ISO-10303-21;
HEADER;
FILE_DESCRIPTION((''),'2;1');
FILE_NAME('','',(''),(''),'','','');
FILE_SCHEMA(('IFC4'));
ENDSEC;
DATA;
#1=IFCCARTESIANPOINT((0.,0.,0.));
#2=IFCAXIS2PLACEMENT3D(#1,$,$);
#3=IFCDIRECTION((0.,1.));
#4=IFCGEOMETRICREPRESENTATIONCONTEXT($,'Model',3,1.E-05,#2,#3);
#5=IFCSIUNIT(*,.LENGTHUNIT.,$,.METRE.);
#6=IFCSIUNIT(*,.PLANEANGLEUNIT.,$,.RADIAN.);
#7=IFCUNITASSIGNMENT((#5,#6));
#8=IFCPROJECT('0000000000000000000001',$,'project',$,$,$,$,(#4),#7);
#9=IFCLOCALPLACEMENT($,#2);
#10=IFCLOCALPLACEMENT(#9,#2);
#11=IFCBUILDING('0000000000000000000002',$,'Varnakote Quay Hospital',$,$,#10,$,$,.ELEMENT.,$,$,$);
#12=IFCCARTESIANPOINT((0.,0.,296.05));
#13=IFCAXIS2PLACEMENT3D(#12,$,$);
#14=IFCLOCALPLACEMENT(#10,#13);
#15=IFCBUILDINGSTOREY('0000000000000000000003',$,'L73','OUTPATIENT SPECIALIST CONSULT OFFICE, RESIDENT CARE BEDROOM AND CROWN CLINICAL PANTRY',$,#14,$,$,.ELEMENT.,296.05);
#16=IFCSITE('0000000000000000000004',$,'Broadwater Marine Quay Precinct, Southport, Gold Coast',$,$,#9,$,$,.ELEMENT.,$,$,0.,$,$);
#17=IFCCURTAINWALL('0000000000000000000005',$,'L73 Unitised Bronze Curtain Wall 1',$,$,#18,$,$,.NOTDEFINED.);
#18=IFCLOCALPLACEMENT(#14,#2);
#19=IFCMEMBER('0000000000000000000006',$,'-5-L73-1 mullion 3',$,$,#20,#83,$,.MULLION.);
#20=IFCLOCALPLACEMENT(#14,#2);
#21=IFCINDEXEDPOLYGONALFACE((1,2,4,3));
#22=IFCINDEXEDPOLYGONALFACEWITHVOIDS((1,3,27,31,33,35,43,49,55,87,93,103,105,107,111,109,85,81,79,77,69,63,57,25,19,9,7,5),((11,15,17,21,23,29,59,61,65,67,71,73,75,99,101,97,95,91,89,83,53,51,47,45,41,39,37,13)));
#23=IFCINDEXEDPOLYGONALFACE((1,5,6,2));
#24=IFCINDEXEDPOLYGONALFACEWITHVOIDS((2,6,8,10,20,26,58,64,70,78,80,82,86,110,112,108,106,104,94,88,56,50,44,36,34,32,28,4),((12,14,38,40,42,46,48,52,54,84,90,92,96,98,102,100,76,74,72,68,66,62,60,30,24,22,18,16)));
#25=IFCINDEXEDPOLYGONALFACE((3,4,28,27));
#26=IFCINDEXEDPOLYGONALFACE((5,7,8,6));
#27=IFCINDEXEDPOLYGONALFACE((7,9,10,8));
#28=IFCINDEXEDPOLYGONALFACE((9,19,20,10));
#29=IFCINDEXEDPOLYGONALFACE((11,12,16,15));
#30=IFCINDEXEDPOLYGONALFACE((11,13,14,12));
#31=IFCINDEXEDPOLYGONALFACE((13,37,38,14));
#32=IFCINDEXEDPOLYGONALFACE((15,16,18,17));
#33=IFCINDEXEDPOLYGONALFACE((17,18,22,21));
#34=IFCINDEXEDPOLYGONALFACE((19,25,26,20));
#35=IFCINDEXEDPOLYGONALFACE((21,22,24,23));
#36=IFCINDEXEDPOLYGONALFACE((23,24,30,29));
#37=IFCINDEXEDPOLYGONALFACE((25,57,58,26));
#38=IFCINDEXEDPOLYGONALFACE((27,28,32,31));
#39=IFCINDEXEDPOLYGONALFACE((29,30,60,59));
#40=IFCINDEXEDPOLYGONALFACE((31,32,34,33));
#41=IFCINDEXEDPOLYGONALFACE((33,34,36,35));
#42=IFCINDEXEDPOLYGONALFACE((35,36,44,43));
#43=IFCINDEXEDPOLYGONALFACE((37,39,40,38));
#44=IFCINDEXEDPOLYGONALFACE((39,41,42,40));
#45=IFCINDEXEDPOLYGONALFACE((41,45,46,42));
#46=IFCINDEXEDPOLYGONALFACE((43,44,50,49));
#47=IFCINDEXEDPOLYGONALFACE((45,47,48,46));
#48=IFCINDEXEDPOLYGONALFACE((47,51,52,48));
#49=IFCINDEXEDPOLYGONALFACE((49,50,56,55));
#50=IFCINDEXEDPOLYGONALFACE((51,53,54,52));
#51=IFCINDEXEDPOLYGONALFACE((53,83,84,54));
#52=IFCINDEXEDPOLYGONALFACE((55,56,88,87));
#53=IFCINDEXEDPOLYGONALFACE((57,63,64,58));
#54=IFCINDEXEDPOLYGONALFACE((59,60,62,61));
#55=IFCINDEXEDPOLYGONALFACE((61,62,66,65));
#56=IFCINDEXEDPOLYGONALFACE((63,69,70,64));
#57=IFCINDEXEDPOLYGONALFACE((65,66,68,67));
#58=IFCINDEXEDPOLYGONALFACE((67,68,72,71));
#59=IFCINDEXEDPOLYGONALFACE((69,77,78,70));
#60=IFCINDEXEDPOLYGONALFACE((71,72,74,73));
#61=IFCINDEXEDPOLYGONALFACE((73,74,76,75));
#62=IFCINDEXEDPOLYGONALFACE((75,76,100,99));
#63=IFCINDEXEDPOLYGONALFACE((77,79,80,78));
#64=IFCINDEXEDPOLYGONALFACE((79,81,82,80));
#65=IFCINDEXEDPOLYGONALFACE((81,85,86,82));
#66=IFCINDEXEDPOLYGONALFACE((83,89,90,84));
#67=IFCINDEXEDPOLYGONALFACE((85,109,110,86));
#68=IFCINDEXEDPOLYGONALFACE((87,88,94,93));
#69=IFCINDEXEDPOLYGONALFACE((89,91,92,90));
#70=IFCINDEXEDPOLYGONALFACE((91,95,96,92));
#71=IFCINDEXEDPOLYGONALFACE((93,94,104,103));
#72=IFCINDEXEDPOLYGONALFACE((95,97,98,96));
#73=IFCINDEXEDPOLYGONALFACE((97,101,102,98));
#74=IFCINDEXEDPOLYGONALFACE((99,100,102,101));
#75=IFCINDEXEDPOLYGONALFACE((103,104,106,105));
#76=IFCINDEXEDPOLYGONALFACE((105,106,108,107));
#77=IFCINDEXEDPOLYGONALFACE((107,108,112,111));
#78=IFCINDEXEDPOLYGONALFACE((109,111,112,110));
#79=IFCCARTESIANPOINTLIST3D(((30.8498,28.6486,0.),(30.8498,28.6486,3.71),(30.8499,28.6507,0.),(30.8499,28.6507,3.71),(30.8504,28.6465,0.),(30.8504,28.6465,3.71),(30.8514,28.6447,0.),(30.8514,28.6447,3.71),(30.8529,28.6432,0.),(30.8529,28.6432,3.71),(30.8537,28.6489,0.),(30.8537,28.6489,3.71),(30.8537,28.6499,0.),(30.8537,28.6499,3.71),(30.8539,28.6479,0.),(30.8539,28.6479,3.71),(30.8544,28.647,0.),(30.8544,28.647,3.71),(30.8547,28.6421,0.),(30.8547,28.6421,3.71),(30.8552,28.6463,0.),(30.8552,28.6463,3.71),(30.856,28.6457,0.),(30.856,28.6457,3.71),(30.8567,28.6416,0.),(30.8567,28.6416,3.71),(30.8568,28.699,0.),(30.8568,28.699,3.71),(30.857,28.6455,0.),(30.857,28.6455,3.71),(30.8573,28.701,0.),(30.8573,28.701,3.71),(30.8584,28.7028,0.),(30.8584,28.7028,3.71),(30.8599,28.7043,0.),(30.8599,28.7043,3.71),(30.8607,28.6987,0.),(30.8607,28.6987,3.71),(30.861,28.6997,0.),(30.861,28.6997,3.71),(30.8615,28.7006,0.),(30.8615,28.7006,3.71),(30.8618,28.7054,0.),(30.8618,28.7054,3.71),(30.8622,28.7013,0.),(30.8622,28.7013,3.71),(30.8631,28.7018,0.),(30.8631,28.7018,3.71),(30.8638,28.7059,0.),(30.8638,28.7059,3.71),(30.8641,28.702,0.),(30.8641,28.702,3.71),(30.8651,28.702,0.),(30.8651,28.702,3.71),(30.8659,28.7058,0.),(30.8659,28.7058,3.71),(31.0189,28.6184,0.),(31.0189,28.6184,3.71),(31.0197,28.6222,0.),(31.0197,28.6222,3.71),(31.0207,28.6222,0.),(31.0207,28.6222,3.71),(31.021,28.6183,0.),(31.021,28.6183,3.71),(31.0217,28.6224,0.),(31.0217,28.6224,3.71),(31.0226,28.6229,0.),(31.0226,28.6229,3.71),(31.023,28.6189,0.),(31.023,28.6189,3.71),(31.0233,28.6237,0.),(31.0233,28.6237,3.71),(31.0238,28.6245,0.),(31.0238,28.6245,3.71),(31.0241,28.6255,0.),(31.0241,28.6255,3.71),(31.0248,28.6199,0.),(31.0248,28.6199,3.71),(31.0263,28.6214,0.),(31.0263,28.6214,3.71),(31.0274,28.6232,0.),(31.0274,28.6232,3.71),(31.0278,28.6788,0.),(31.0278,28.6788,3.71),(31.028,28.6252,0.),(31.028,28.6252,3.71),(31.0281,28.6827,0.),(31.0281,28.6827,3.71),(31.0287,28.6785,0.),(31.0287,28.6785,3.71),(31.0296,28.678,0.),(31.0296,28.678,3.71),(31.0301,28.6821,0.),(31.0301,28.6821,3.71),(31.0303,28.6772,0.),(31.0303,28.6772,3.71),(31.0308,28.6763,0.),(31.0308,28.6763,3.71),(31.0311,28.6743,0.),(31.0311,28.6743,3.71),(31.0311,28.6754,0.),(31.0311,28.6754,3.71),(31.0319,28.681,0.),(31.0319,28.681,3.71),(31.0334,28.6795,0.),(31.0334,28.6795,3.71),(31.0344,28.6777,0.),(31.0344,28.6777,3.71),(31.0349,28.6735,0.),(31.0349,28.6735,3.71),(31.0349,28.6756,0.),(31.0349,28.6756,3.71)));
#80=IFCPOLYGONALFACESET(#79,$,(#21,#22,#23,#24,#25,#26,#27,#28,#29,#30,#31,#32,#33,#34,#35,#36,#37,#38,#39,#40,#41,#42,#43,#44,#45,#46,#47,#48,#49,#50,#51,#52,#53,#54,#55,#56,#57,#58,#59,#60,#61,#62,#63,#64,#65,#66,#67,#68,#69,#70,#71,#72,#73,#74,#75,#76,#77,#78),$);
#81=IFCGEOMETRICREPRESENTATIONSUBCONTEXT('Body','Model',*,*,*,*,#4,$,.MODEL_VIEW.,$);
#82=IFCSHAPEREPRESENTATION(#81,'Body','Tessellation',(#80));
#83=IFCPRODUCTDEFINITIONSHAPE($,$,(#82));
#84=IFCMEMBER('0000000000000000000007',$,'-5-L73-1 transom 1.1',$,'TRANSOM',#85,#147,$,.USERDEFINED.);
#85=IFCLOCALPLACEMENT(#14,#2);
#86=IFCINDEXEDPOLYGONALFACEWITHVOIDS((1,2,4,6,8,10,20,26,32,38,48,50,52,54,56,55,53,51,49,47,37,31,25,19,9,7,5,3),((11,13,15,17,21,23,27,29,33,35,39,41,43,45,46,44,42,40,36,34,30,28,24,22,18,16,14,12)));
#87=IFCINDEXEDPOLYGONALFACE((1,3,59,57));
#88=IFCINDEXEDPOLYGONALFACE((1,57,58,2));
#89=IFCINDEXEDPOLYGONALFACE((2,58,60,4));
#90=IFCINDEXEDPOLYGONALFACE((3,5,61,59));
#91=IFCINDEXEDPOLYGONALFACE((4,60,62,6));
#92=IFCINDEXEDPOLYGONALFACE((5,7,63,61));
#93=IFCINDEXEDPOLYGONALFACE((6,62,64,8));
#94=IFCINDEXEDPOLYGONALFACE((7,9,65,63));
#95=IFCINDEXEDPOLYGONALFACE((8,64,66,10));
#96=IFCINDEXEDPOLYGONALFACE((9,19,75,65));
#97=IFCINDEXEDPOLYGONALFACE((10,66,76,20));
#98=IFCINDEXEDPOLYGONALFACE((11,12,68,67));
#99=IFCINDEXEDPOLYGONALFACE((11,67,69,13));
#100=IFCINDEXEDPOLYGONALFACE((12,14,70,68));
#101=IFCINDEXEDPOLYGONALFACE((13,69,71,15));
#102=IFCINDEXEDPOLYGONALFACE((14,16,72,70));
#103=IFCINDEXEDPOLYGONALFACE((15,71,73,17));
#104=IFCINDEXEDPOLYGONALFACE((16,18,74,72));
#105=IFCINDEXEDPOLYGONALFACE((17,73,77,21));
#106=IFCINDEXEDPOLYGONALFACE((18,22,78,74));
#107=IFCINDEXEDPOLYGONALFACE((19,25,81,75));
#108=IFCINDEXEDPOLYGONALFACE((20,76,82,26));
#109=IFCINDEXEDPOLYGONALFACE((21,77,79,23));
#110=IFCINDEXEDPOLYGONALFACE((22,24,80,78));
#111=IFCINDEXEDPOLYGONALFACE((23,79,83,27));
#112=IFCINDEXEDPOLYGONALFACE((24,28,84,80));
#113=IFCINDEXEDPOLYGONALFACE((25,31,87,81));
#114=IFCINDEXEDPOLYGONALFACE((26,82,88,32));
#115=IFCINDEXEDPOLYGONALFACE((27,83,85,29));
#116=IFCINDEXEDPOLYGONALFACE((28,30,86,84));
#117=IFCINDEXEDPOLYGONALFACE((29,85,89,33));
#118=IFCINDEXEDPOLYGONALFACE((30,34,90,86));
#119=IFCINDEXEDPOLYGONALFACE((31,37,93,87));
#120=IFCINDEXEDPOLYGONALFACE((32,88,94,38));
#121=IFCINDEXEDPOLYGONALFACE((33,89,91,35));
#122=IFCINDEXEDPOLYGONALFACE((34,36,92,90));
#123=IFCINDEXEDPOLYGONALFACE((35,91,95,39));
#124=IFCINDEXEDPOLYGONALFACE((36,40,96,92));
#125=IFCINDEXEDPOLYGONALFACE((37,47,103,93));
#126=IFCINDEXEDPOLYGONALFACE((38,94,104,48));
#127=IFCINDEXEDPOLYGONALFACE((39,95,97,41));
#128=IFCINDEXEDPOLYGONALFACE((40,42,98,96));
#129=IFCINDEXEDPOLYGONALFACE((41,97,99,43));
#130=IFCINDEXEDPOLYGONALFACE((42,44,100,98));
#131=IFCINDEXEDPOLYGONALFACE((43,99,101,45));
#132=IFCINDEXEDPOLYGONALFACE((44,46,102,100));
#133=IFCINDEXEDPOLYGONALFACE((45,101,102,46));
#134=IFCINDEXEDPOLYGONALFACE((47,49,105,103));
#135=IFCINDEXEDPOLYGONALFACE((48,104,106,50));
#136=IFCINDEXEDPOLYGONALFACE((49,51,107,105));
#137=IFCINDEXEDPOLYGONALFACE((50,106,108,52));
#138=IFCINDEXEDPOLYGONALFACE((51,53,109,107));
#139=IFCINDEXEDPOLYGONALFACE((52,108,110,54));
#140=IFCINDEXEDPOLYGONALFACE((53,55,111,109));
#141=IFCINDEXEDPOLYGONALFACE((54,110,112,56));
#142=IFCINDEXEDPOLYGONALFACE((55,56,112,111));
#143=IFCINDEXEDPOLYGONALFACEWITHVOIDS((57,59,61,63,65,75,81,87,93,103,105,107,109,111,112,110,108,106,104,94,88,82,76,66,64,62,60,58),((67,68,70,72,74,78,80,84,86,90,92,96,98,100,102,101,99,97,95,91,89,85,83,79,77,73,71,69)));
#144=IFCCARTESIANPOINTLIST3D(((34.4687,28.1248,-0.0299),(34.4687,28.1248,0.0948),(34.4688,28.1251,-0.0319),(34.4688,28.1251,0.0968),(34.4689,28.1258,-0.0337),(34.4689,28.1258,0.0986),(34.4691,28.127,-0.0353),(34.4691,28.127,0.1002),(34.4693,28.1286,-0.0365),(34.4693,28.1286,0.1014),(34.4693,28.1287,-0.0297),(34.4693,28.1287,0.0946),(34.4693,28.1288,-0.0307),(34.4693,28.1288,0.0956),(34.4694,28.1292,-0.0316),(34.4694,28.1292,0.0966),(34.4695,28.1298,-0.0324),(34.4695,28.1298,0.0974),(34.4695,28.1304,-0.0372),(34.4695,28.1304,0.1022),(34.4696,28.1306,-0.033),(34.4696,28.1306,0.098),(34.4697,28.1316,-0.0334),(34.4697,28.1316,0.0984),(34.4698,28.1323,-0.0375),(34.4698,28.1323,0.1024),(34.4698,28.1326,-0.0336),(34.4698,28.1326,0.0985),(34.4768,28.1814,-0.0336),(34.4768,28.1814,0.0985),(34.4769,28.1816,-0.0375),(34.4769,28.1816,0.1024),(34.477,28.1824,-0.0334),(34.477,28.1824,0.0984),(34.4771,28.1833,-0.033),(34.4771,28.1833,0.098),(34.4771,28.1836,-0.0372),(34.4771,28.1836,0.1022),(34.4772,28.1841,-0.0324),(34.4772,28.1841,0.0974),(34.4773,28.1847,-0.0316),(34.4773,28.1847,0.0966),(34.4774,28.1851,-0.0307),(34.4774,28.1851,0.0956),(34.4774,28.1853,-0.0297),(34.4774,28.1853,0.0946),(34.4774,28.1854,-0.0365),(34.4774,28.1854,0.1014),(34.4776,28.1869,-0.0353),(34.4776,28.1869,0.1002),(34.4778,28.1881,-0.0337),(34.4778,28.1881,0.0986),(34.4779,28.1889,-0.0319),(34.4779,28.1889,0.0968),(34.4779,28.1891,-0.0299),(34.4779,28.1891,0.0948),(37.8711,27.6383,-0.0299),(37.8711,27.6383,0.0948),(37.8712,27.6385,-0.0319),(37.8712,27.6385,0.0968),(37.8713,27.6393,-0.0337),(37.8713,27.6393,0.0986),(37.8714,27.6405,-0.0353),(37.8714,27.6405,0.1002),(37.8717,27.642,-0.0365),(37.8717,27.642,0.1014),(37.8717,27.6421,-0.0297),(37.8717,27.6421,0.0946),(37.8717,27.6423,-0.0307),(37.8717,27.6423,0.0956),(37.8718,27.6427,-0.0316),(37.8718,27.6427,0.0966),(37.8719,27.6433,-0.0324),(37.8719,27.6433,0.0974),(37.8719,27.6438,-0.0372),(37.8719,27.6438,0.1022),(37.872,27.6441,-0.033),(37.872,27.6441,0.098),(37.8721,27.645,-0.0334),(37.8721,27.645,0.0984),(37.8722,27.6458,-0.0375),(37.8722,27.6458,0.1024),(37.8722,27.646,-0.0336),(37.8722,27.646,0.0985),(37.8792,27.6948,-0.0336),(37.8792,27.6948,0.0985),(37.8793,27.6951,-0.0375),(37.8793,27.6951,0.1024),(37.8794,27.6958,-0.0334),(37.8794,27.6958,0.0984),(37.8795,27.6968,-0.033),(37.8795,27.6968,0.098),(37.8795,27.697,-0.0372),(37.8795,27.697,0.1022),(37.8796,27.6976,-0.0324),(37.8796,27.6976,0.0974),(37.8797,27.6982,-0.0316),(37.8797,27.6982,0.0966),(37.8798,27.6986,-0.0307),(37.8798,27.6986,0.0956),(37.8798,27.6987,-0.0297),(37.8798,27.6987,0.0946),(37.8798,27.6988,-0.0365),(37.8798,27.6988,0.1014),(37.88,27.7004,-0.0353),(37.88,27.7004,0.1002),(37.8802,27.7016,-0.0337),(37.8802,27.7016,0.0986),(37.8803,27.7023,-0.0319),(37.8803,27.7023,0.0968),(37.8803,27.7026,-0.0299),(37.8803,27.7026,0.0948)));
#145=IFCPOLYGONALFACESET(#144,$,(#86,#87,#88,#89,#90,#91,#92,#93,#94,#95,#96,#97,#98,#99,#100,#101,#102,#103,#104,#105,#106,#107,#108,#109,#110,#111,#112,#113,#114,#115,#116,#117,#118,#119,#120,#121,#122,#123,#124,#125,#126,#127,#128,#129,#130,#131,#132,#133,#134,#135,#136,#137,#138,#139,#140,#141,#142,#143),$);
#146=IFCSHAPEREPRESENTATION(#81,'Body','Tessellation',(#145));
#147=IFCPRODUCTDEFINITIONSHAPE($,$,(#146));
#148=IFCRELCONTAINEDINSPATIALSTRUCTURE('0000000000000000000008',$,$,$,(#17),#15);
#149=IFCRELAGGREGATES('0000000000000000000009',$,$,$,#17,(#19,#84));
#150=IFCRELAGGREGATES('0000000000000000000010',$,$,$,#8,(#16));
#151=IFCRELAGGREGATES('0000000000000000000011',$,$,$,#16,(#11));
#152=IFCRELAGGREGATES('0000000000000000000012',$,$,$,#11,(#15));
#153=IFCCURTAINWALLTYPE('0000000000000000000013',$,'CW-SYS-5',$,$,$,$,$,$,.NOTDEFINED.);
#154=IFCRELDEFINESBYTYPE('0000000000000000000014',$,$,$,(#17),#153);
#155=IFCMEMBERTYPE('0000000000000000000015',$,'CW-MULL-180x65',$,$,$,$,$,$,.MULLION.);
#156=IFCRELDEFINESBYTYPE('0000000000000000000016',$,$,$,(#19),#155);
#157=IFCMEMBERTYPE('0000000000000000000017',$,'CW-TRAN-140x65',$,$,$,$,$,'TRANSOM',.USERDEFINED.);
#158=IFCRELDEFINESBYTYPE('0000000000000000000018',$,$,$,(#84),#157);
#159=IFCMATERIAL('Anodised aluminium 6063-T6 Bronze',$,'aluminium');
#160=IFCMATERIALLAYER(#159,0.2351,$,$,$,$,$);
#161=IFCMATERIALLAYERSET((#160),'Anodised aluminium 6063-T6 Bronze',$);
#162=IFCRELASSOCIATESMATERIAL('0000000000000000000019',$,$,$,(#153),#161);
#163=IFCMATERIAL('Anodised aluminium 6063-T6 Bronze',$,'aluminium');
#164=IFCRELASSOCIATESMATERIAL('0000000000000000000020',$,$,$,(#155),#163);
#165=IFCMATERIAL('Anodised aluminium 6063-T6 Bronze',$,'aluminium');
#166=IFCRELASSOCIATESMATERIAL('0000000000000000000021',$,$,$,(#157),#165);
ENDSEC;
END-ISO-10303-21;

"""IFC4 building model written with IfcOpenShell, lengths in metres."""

from ifc_helpers import new_model, si_unit, direction, frame, origin, origin_2d, place, context, subcontext, project, spatial, hollow_rectangle, extrude, material, layer, layer_set, material_profile, profile_set, type_object, element, aggregate, save


model = new_model("IFC4")

# Units and contexts
model_context = context("Model", 3, precision=1e-05, world=origin(), true_north=direction((0.0, 1.0)))
body_context = subcontext(model_context, "Body", "Model", "MODEL_VIEW")
ifc_project = project(units=[si_unit("LENGTHUNIT", "METRE"), si_unit("PLANEANGLEUNIT", "RADIAN")], contexts=[model_context])

# Site, building, storey
site_placement = place(None, origin())
site = spatial("IfcSite", under=ifc_project, at=site_placement, Name="Broadwater Marine Quay Precinct, Southport, Gold Coast", CompositionType="ELEMENT", RefElevation=0.0)
building_placement = place(site_placement, origin())
building = spatial("IfcBuilding", under=site, at=building_placement, Name="Varnakote Quay Hospital", CompositionType="ELEMENT")
storey_placement = place(building_placement, frame((0.0, 0.0, 296.05)))
storey = spatial("IfcBuildingStorey", under=building, at=storey_placement, Name="L73", Description="OUTPATIENT SPECIALIST CONSULT OFFICE, RESIDENT CARE BEDROOM AND CROWN CLINICAL PANTRY", CompositionType="ELEMENT", Elevation=296.05)

# Curtain wall, members
ifc_material_1 = material(Name="Anodised aluminium 6063-T6 Bronze", Category="aluminium")
ifc_layer_1 = layer(ifc_material_1, 0.2351)
ifc_layer_set_1 = layer_set([ifc_layer_1], Name="Anodised aluminium 6063-T6 Bronze")
curtain_wall_type = type_object("IfcCurtainWallType", Name="CW-SYS-5", PredefinedType="NOTDEFINED", material=ifc_layer_set_1)
curtain_wall_placement = place(storey_placement, origin())
curtain_wall = element("IfcCurtainWall", 1, at=curtain_wall_placement, inside=storey, type_object=curtain_wall_type, Name="L73 Unitised Bronze Curtain Wall 1", PredefinedType="NOTDEFINED")
ifc_material_2 = material(Name="Anodised aluminium 6063-T6 Bronze", Category="aluminium")
ifc_material_profile_1 = material_profile(ifc_material_2, hollow_rectangle(XDim=0.0649, YDim=0.1799, WallThickness=0.0039, InnerFilletRadius=0.0039, OuterFilletRadius=0.0081, at=origin_2d()), Name="CW-MULL-180x65")
ifc_profile_set_1 = profile_set([ifc_material_profile_1], Name="Anodised aluminium 6063-T6 Bronze")
member_type_1 = type_object("IfcMemberType", Name="CW-MULL-180x65", PredefinedType="MULLION", material=ifc_profile_set_1)
member_1_placement = place(storey_placement, frame((30.9424, 28.6621, 0.0), z_axis=(0.0, 0.0, 1.0), x_axis=(-0.141572, -0.989928, 0.0)))
member_1 = element("IfcMember", 2, at=member_1_placement, type_object=member_type_1, Name="-5-L73-1 mullion 3", PredefinedType="MULLION", context=body_context, shape_type="SweptSolid", body=[
    extrude(hollow_rectangle(XDim=0.0649, YDim=0.1799, WallThickness=0.0039, InnerFilletRadius=0.0039, OuterFilletRadius=0.0081, at=origin_2d()), origin(), (0.0, 0.0, 1.0), 3.71),
])
ifc_material_3 = material(Name="Anodised aluminium 6063-T6 Bronze", Category="aluminium")
ifc_material_profile_2 = material_profile(ifc_material_3, hollow_rectangle(XDim=0.0649, YDim=0.1399, WallThickness=0.0039, InnerFilletRadius=0.0039, OuterFilletRadius=0.0076, at=origin_2d()), Name="CW-TRAN-140x65")
ifc_profile_set_2 = profile_set([ifc_material_profile_2], Name="Anodised aluminium 6063-T6 Bronze")
member_type_2 = type_object("IfcMemberType", Name="CW-TRAN-140x65", ElementType="TRANSOM", PredefinedType="USERDEFINED", material=ifc_profile_set_2)
member_2_placement = place(storey_placement, frame((37.8757, 27.6704, 0.0325), z_axis=(-0.989928, 0.141571, 0.0), x_axis=(-0.141571, -0.989928, 0.0)))
member_2 = element("IfcMember", 3, at=member_2_placement, type_object=member_type_2, Name="-5-L73-1 transom 1.1", ObjectType="TRANSOM", PredefinedType="USERDEFINED", context=body_context, shape_type="SweptSolid", body=[
    extrude(hollow_rectangle(XDim=0.0649, YDim=0.1399, WallThickness=0.0039, InnerFilletRadius=0.0039, OuterFilletRadius=0.0076, at=origin_2d()), origin(), (0.0, 0.0, 1.0), 3.437),
])
aggregate(curtain_wall, [member_1, member_2])

save(model, "model.ifc")
